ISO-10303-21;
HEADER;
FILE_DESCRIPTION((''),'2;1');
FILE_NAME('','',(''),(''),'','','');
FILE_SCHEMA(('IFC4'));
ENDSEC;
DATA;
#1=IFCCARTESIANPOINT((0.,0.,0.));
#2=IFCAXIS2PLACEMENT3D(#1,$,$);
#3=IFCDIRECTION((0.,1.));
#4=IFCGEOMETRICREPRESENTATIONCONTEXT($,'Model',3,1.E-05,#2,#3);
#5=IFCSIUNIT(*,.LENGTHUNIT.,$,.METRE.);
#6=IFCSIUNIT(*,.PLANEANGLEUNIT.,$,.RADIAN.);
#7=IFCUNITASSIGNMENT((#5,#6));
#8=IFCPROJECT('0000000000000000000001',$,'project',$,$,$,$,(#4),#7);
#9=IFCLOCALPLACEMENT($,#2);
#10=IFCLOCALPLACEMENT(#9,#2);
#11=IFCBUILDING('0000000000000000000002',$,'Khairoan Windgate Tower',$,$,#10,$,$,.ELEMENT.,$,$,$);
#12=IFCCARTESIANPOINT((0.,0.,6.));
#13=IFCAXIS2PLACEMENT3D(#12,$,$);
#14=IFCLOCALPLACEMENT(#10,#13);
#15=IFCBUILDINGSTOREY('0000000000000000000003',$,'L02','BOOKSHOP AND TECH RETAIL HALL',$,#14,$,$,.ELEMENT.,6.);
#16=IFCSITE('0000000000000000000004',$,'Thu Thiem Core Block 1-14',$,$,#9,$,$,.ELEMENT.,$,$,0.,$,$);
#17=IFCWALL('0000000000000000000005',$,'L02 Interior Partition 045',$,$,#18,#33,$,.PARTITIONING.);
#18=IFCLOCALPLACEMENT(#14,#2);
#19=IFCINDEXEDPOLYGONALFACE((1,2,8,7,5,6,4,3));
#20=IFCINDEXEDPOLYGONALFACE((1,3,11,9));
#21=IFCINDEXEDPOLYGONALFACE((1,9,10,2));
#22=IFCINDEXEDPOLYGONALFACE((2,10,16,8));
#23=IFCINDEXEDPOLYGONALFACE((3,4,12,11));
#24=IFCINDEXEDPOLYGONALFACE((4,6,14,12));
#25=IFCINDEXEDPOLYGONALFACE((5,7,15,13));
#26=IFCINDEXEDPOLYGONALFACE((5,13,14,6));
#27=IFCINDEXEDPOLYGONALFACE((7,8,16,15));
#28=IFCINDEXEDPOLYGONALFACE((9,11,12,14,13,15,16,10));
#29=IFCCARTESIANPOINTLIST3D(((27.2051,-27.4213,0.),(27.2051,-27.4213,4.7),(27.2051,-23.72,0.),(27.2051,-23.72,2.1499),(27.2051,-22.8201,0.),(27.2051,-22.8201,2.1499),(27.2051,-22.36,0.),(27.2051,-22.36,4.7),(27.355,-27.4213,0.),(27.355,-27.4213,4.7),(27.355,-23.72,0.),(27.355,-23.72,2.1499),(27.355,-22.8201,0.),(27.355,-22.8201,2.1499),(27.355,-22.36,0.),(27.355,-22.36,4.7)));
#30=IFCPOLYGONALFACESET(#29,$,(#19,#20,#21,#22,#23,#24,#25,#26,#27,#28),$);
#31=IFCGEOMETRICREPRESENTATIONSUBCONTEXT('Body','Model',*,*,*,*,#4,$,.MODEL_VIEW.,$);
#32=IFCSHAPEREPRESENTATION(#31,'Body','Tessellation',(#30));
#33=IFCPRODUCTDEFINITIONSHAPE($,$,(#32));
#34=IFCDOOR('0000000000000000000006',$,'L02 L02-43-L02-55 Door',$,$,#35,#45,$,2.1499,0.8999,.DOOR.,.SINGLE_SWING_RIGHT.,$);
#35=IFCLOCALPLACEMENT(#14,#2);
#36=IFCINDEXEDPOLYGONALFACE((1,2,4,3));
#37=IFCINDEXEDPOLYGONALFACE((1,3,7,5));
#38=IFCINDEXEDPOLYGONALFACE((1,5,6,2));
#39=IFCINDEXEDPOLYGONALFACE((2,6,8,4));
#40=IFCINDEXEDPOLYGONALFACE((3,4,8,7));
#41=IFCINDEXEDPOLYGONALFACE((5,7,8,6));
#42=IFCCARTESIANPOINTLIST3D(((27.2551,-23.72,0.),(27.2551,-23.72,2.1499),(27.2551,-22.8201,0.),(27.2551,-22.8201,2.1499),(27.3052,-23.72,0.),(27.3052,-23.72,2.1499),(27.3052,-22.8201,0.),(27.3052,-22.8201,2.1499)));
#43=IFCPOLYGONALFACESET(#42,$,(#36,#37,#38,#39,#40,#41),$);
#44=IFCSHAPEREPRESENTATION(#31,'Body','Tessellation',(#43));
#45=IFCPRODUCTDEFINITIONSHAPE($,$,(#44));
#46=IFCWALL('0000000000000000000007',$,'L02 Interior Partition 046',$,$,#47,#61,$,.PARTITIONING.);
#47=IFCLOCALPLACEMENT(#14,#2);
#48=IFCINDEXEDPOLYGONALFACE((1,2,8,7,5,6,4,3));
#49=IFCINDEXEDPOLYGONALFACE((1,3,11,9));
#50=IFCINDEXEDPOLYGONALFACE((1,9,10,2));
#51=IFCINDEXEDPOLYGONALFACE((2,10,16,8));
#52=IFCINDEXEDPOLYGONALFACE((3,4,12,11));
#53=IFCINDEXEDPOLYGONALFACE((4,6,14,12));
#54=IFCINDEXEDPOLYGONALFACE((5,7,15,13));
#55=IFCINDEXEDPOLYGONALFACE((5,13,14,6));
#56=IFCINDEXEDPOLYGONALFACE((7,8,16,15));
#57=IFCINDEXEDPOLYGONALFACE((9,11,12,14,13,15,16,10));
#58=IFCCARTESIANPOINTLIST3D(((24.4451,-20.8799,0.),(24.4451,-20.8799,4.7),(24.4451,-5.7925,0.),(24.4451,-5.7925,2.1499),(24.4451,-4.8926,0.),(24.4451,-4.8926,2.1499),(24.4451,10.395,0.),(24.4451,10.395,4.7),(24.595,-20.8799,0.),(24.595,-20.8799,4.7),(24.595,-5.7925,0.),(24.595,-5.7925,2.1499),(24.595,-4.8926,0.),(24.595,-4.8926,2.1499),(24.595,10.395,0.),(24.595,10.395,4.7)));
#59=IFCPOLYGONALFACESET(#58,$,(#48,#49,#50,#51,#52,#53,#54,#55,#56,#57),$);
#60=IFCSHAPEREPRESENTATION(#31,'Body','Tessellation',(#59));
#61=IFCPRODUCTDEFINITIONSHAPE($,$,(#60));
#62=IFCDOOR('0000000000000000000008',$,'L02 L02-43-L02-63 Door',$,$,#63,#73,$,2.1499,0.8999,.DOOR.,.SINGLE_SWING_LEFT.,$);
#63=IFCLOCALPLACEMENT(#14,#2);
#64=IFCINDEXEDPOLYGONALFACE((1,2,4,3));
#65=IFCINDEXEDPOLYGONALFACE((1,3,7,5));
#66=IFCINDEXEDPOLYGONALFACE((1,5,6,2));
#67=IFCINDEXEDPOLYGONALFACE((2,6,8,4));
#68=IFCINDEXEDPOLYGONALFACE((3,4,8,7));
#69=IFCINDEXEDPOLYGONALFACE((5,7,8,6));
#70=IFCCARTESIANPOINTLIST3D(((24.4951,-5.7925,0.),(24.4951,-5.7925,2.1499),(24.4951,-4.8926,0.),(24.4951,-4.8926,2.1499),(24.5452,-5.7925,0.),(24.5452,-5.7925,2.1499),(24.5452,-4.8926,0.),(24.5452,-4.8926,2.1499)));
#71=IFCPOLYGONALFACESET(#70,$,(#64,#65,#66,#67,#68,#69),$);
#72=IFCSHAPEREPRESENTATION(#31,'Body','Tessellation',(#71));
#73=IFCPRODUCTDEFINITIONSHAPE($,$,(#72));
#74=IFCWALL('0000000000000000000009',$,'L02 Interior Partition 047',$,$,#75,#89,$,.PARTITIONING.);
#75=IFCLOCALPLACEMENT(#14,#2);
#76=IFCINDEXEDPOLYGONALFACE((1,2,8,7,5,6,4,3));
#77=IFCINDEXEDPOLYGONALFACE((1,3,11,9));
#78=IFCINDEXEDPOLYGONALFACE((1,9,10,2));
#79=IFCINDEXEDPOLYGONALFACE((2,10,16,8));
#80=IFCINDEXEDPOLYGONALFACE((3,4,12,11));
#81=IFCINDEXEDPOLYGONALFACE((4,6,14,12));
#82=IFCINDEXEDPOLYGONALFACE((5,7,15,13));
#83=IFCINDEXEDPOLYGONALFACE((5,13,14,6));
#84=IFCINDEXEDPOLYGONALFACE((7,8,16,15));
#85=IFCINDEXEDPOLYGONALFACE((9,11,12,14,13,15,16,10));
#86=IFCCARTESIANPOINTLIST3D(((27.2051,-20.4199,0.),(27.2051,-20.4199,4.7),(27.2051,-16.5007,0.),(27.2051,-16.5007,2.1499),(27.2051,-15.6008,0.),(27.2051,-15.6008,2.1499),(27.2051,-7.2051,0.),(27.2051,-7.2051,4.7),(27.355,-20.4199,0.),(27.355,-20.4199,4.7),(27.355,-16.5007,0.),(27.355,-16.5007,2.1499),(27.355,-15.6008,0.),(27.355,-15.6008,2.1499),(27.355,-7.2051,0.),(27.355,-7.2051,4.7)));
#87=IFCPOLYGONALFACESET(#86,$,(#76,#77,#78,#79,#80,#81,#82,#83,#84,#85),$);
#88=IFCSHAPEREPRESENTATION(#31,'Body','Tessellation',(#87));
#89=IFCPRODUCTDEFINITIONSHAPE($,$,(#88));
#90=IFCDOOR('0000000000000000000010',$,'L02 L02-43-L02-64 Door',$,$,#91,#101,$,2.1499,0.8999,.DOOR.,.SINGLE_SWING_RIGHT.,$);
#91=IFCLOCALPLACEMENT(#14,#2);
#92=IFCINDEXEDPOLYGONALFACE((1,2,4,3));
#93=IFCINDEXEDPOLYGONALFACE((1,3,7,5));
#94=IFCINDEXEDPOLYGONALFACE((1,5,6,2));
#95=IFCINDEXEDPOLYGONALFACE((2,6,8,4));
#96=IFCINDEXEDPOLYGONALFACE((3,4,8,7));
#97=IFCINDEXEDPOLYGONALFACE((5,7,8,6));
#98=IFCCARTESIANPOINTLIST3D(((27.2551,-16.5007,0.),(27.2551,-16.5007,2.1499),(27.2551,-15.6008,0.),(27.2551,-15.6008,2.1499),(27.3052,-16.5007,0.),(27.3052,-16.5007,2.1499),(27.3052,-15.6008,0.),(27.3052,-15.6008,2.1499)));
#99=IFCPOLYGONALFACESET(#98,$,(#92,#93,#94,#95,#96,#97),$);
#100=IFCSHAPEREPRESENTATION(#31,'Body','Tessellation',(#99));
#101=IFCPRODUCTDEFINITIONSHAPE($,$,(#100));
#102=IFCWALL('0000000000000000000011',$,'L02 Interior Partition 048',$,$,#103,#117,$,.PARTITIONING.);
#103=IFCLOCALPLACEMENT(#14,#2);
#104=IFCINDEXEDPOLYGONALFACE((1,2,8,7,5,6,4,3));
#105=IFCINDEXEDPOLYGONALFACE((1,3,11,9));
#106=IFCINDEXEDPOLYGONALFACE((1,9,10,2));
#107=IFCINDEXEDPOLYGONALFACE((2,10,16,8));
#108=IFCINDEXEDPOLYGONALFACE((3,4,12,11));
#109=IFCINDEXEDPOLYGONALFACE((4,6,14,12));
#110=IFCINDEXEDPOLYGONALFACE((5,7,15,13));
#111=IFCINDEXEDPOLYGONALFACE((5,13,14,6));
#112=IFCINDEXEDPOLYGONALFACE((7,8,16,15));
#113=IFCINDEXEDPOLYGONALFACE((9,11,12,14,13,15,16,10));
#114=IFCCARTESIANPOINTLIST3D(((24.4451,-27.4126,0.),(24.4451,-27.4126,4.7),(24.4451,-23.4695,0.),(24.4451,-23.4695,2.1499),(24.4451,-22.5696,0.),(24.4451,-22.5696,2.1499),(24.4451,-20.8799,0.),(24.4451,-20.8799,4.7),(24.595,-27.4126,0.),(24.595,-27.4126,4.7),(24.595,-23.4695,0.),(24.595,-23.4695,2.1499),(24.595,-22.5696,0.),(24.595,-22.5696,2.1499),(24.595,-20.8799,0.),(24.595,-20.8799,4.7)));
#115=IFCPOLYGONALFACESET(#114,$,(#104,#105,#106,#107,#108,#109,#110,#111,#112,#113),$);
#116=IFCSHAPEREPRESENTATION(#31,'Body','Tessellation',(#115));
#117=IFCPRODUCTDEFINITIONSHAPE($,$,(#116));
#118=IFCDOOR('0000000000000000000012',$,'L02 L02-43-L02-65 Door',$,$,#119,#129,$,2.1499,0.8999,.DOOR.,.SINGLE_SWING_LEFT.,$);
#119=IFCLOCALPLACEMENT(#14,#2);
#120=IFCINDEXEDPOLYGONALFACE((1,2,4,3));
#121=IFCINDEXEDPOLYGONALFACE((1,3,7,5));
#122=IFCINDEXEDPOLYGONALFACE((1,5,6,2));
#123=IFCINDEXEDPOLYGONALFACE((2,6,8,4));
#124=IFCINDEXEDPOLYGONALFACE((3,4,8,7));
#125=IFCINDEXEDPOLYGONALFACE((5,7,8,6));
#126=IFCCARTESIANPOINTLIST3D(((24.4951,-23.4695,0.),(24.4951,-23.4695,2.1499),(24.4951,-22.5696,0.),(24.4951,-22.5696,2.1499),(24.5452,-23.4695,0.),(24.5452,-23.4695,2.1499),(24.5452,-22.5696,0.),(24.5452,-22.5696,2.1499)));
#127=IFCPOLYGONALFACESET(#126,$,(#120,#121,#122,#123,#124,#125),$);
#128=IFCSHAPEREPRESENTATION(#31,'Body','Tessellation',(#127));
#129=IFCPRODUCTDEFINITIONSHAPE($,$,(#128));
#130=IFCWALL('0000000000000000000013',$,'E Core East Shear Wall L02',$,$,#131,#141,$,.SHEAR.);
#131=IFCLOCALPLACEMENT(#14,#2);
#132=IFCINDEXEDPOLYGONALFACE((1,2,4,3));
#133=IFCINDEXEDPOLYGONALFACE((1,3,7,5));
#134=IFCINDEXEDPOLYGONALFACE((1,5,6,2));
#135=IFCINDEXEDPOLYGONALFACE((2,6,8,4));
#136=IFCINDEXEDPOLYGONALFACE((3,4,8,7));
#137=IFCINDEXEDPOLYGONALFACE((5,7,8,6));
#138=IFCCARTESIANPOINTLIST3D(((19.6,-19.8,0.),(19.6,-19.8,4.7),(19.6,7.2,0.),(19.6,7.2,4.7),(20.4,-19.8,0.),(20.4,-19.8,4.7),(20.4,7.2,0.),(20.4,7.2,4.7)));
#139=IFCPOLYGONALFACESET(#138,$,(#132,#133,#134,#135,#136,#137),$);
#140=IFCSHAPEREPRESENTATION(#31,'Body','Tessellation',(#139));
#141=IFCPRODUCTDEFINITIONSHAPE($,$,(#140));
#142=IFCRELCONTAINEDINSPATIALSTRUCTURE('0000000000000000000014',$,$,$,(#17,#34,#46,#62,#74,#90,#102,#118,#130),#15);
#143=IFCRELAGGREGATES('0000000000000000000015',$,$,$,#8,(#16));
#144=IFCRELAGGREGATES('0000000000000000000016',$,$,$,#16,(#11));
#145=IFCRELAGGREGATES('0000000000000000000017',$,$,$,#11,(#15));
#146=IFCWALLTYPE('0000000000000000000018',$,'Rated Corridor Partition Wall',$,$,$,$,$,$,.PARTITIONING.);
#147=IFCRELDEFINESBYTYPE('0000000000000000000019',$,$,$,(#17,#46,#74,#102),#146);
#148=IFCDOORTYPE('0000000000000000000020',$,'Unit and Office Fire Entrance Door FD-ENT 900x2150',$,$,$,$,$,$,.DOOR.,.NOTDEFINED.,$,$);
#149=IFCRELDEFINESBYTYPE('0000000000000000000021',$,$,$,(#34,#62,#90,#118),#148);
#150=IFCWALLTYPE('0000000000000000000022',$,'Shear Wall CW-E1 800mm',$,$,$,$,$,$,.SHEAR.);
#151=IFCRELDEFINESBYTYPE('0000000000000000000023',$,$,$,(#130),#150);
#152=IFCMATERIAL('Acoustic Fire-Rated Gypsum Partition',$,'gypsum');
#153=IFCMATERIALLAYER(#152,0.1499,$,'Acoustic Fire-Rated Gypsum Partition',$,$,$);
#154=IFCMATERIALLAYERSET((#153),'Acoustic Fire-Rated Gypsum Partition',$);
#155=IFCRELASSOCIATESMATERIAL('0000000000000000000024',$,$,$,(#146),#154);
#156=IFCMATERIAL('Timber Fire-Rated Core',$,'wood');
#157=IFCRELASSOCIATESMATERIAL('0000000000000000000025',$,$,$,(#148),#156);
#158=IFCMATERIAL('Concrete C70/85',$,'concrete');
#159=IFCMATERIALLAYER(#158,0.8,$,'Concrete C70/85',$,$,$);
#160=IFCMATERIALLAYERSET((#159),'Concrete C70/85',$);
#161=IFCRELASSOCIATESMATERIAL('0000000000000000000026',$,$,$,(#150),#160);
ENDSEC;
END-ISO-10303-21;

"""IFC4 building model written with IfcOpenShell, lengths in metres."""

from ifc_helpers import new_model, si_unit, direction, frame, frame_2d, origin, place, context, subcontext, project, spatial, rectangle, extrude, material, layer, layer_set, type_object, element, fill, save


model = new_model("IFC4")

# Units and contexts
model_context = context("Model", 3, precision=1e-05, world=origin(), true_north=direction((0.0, 1.0)))
body_context = subcontext(model_context, "Body", "Model", "MODEL_VIEW")
ifc_project = project(units=[si_unit("LENGTHUNIT", "METRE"), si_unit("PLANEANGLEUNIT", "RADIAN")], contexts=[model_context])

# Site, building, storey
site_placement = place(None, origin())
site = spatial("IfcSite", under=ifc_project, at=site_placement, Name="Thu Thiem Core Block 1-14", CompositionType="ELEMENT", RefElevation=0.0)
building_placement = place(site_placement, origin())
building = spatial("IfcBuilding", under=site, at=building_placement, Name="Khairoan Windgate Tower", CompositionType="ELEMENT")
storey_placement = place(building_placement, frame((0.0, 0.0, 6.0)))
storey = spatial("IfcBuildingStorey", under=building, at=storey_placement, Name="L02", Description="BOOKSHOP AND TECH RETAIL HALL", CompositionType="ELEMENT", Elevation=6.0)

# Walls, openings, doors
ifc_material_1 = material(Name="Acoustic Fire-Rated Gypsum Partition", Category="gypsum")
ifc_layer_1 = layer(ifc_material_1, 0.1499, Name="Acoustic Fire-Rated Gypsum Partition")
ifc_layer_set_1 = layer_set([ifc_layer_1], Name="Acoustic Fire-Rated Gypsum Partition")
wall_type_1 = type_object("IfcWallType", Name="Rated Corridor Partition Wall", PredefinedType="PARTITIONING", material=ifc_layer_set_1)
wall_1_placement = place(storey_placement, frame((27.28, -27.4214, 0.0), z_axis=(0.0, 0.0, 1.0), x_axis=(0.0, 1.0, 0.0)))
wall_1 = element("IfcWall", 1, at=wall_1_placement, inside=storey, type_object=wall_type_1, Name="L02 Interior Partition 045", PredefinedType="PARTITIONING", context=body_context, shape_type="SweptSolid", body=[
    extrude(rectangle(XDim=5.0613, YDim=0.1499, at=frame_2d((2.5308, 0.0))), origin(), (0.0, 0.0, 1.0), 4.7),
])
opening_1_placement = place(wall_1_placement, frame((3.7014, 0.0, 0.0)))
opening_1 = element("IfcOpeningElement", 2, at=opening_1_placement, cuts=wall_1, PredefinedType="OPENING", context=body_context, shape_type="SweptSolid", body=[
    extrude(rectangle(XDim=0.8999, YDim=2.1499, at=frame_2d((0.45, 1.075))), frame((0.0, 0.085, 0.0), z_axis=(0.0, -1.0, 0.0), x_axis=(1.0, 0.0, 0.0)), (0.0, 0.0, 1.0), 0.1699),
])
ifc_material_2 = material(Name="Timber Fire-Rated Core", Category="wood")
door_type = type_object("IfcDoorType", Name="Unit and Office Fire Entrance Door FD-ENT 900x2150", OperationType="NOTDEFINED", PredefinedType="DOOR", material=ifc_material_2)
door_1_placement = place(opening_1_placement, origin())
door_1 = element("IfcDoor", 3, at=door_1_placement, inside=storey, type_object=door_type, Name="L02 L02-43-L02-55 Door", OperationType="SINGLE_SWING_RIGHT", OverallHeight=2.1499, OverallWidth=0.8999, PredefinedType="DOOR", context=body_context, shape_type="SweptSolid", body=[
    extrude(rectangle(XDim=0.8999, YDim=2.1499, at=frame_2d((0.45, 1.075))), frame((0.0, 0.0249, 0.0), z_axis=(0.0, -1.0, 0.0), x_axis=(1.0, 0.0, 0.0)), (0.0, 0.0, 1.0), 0.05),
])
fill(opening_1, door_1)
wall_2_placement = place(storey_placement, frame((24.52, -20.8799, 0.0), z_axis=(0.0, 0.0, 1.0), x_axis=(0.0, 1.0, 0.0)))
wall_2 = element("IfcWall", 4, at=wall_2_placement, inside=storey, type_object=wall_type_1, Name="L02 Interior Partition 046", PredefinedType="PARTITIONING", context=body_context, shape_type="SweptSolid", body=[
    extrude(rectangle(XDim=31.2749, YDim=0.1499, at=frame_2d((15.6375, 0.0))), origin(), (0.0, 0.0, 1.0), 4.7),
])
opening_2_placement = place(wall_2_placement, frame((15.0874, 0.0, 0.0)))
opening_2 = element("IfcOpeningElement", 5, at=opening_2_placement, cuts=wall_2, PredefinedType="OPENING", context=body_context, shape_type="SweptSolid", body=[
    extrude(rectangle(XDim=0.8999, YDim=2.1499, at=frame_2d((0.45, 1.075))), frame((0.0, 0.085, 0.0), z_axis=(0.0, -1.0, 0.0), x_axis=(1.0, 0.0, 0.0)), (0.0, 0.0, 1.0), 0.1699),
])
door_2_placement = place(opening_2_placement, origin())
door_2 = element("IfcDoor", 6, at=door_2_placement, inside=storey, type_object=door_type, Name="L02 L02-43-L02-63 Door", OperationType="SINGLE_SWING_LEFT", OverallHeight=2.1499, OverallWidth=0.8999, PredefinedType="DOOR", context=body_context, shape_type="SweptSolid", body=[
    extrude(rectangle(XDim=0.8999, YDim=2.1499, at=frame_2d((0.45, 1.075))), frame((0.0, 0.0249, 0.0), z_axis=(0.0, -1.0, 0.0), x_axis=(1.0, 0.0, 0.0)), (0.0, 0.0, 1.0), 0.05),
])
fill(opening_2, door_2)
wall_3_placement = place(storey_placement, frame((27.28, -20.4199, 0.0), z_axis=(0.0, 0.0, 1.0), x_axis=(0.0, 1.0, 0.0)))
wall_3 = element("IfcWall", 7, at=wall_3_placement, inside=storey, type_object=wall_type_1, Name="L02 Interior Partition 047", PredefinedType="PARTITIONING", context=body_context, shape_type="SweptSolid", body=[
    extrude(rectangle(XDim=13.2148, YDim=0.1499, at=frame_2d((6.6074, 0.0))), origin(), (0.0, 0.0, 1.0), 4.7),
])
opening_3_placement = place(wall_3_placement, frame((3.9192, 0.0, 0.0)))
opening_3 = element("IfcOpeningElement", 8, at=opening_3_placement, cuts=wall_3, PredefinedType="OPENING", context=body_context, shape_type="SweptSolid", body=[
    extrude(rectangle(XDim=0.8999, YDim=2.1499, at=frame_2d((0.45, 1.075))), frame((0.0, 0.085, 0.0), z_axis=(0.0, -1.0, 0.0), x_axis=(1.0, 0.0, 0.0)), (0.0, 0.0, 1.0), 0.1699),
])
door_3_placement = place(opening_3_placement, origin())
door_3 = element("IfcDoor", 9, at=door_3_placement, inside=storey, type_object=door_type, Name="L02 L02-43-L02-64 Door", OperationType="SINGLE_SWING_RIGHT", OverallHeight=2.1499, OverallWidth=0.8999, PredefinedType="DOOR", context=body_context, shape_type="SweptSolid", body=[
    extrude(rectangle(XDim=0.8999, YDim=2.1499, at=frame_2d((0.45, 1.075))), frame((0.0, 0.0249, 0.0), z_axis=(0.0, -1.0, 0.0), x_axis=(1.0, 0.0, 0.0)), (0.0, 0.0, 1.0), 0.05),
])
fill(opening_3, door_3)
wall_4_placement = place(storey_placement, frame((24.52, -27.4126, 0.0), z_axis=(0.0, 0.0, 1.0), x_axis=(0.0, 1.0, 0.0)))
wall_4 = element("IfcWall", 10, at=wall_4_placement, inside=storey, type_object=wall_type_1, Name="L02 Interior Partition 048", PredefinedType="PARTITIONING", context=body_context, shape_type="SweptSolid", body=[
    extrude(rectangle(XDim=6.5327, YDim=0.1499, at=frame_2d((3.2664, 0.0))), origin(), (0.0, 0.0, 1.0), 4.7),
])
opening_4_placement = place(wall_4_placement, frame((3.9431, 0.0, 0.0)))
opening_4 = element("IfcOpeningElement", 11, at=opening_4_placement, cuts=wall_4, PredefinedType="OPENING", context=body_context, shape_type="SweptSolid", body=[
    extrude(rectangle(XDim=0.8999, YDim=2.1499, at=frame_2d((0.45, 1.075))), frame((0.0, 0.085, 0.0), z_axis=(0.0, -1.0, 0.0), x_axis=(1.0, 0.0, 0.0)), (0.0, 0.0, 1.0), 0.1699),
])
door_4_placement = place(opening_4_placement, origin())
door_4 = element("IfcDoor", 12, at=door_4_placement, inside=storey, type_object=door_type, Name="L02 L02-43-L02-65 Door", OperationType="SINGLE_SWING_LEFT", OverallHeight=2.1499, OverallWidth=0.8999, PredefinedType="DOOR", context=body_context, shape_type="SweptSolid", body=[
    extrude(rectangle(XDim=0.8999, YDim=2.1499, at=frame_2d((0.45, 1.075))), frame((0.0, 0.0249, 0.0), z_axis=(0.0, -1.0, 0.0), x_axis=(1.0, 0.0, 0.0)), (0.0, 0.0, 1.0), 0.05),
])
fill(opening_4, door_4)

# Wall
ifc_material_3 = material(Name="Concrete C70/85", Category="concrete")
ifc_layer_2 = layer(ifc_material_3, 0.8, Name="Concrete C70/85")
ifc_layer_set_2 = layer_set([ifc_layer_2], Name="Concrete C70/85")
wall_type_2 = type_object("IfcWallType", Name="Shear Wall CW-E1 800mm", PredefinedType="SHEAR", material=ifc_layer_set_2)
wall_5_placement = place(storey_placement, frame((20.0, -19.8, 0.0), z_axis=(0.0, 0.0, 1.0), x_axis=(0.0, 1.0, 0.0)))
element("IfcWall", 13, at=wall_5_placement, inside=storey, type_object=wall_type_2, Name="E Core East Shear Wall L02", PredefinedType="SHEAR", context=body_context, shape_type="SweptSolid", body=[
    extrude(rectangle(XDim=27.0, YDim=0.8, at=frame_2d((13.5, 0.0))), origin(), (0.0, 0.0, 1.0), 4.7),
])

save(model, "model.ifc")
